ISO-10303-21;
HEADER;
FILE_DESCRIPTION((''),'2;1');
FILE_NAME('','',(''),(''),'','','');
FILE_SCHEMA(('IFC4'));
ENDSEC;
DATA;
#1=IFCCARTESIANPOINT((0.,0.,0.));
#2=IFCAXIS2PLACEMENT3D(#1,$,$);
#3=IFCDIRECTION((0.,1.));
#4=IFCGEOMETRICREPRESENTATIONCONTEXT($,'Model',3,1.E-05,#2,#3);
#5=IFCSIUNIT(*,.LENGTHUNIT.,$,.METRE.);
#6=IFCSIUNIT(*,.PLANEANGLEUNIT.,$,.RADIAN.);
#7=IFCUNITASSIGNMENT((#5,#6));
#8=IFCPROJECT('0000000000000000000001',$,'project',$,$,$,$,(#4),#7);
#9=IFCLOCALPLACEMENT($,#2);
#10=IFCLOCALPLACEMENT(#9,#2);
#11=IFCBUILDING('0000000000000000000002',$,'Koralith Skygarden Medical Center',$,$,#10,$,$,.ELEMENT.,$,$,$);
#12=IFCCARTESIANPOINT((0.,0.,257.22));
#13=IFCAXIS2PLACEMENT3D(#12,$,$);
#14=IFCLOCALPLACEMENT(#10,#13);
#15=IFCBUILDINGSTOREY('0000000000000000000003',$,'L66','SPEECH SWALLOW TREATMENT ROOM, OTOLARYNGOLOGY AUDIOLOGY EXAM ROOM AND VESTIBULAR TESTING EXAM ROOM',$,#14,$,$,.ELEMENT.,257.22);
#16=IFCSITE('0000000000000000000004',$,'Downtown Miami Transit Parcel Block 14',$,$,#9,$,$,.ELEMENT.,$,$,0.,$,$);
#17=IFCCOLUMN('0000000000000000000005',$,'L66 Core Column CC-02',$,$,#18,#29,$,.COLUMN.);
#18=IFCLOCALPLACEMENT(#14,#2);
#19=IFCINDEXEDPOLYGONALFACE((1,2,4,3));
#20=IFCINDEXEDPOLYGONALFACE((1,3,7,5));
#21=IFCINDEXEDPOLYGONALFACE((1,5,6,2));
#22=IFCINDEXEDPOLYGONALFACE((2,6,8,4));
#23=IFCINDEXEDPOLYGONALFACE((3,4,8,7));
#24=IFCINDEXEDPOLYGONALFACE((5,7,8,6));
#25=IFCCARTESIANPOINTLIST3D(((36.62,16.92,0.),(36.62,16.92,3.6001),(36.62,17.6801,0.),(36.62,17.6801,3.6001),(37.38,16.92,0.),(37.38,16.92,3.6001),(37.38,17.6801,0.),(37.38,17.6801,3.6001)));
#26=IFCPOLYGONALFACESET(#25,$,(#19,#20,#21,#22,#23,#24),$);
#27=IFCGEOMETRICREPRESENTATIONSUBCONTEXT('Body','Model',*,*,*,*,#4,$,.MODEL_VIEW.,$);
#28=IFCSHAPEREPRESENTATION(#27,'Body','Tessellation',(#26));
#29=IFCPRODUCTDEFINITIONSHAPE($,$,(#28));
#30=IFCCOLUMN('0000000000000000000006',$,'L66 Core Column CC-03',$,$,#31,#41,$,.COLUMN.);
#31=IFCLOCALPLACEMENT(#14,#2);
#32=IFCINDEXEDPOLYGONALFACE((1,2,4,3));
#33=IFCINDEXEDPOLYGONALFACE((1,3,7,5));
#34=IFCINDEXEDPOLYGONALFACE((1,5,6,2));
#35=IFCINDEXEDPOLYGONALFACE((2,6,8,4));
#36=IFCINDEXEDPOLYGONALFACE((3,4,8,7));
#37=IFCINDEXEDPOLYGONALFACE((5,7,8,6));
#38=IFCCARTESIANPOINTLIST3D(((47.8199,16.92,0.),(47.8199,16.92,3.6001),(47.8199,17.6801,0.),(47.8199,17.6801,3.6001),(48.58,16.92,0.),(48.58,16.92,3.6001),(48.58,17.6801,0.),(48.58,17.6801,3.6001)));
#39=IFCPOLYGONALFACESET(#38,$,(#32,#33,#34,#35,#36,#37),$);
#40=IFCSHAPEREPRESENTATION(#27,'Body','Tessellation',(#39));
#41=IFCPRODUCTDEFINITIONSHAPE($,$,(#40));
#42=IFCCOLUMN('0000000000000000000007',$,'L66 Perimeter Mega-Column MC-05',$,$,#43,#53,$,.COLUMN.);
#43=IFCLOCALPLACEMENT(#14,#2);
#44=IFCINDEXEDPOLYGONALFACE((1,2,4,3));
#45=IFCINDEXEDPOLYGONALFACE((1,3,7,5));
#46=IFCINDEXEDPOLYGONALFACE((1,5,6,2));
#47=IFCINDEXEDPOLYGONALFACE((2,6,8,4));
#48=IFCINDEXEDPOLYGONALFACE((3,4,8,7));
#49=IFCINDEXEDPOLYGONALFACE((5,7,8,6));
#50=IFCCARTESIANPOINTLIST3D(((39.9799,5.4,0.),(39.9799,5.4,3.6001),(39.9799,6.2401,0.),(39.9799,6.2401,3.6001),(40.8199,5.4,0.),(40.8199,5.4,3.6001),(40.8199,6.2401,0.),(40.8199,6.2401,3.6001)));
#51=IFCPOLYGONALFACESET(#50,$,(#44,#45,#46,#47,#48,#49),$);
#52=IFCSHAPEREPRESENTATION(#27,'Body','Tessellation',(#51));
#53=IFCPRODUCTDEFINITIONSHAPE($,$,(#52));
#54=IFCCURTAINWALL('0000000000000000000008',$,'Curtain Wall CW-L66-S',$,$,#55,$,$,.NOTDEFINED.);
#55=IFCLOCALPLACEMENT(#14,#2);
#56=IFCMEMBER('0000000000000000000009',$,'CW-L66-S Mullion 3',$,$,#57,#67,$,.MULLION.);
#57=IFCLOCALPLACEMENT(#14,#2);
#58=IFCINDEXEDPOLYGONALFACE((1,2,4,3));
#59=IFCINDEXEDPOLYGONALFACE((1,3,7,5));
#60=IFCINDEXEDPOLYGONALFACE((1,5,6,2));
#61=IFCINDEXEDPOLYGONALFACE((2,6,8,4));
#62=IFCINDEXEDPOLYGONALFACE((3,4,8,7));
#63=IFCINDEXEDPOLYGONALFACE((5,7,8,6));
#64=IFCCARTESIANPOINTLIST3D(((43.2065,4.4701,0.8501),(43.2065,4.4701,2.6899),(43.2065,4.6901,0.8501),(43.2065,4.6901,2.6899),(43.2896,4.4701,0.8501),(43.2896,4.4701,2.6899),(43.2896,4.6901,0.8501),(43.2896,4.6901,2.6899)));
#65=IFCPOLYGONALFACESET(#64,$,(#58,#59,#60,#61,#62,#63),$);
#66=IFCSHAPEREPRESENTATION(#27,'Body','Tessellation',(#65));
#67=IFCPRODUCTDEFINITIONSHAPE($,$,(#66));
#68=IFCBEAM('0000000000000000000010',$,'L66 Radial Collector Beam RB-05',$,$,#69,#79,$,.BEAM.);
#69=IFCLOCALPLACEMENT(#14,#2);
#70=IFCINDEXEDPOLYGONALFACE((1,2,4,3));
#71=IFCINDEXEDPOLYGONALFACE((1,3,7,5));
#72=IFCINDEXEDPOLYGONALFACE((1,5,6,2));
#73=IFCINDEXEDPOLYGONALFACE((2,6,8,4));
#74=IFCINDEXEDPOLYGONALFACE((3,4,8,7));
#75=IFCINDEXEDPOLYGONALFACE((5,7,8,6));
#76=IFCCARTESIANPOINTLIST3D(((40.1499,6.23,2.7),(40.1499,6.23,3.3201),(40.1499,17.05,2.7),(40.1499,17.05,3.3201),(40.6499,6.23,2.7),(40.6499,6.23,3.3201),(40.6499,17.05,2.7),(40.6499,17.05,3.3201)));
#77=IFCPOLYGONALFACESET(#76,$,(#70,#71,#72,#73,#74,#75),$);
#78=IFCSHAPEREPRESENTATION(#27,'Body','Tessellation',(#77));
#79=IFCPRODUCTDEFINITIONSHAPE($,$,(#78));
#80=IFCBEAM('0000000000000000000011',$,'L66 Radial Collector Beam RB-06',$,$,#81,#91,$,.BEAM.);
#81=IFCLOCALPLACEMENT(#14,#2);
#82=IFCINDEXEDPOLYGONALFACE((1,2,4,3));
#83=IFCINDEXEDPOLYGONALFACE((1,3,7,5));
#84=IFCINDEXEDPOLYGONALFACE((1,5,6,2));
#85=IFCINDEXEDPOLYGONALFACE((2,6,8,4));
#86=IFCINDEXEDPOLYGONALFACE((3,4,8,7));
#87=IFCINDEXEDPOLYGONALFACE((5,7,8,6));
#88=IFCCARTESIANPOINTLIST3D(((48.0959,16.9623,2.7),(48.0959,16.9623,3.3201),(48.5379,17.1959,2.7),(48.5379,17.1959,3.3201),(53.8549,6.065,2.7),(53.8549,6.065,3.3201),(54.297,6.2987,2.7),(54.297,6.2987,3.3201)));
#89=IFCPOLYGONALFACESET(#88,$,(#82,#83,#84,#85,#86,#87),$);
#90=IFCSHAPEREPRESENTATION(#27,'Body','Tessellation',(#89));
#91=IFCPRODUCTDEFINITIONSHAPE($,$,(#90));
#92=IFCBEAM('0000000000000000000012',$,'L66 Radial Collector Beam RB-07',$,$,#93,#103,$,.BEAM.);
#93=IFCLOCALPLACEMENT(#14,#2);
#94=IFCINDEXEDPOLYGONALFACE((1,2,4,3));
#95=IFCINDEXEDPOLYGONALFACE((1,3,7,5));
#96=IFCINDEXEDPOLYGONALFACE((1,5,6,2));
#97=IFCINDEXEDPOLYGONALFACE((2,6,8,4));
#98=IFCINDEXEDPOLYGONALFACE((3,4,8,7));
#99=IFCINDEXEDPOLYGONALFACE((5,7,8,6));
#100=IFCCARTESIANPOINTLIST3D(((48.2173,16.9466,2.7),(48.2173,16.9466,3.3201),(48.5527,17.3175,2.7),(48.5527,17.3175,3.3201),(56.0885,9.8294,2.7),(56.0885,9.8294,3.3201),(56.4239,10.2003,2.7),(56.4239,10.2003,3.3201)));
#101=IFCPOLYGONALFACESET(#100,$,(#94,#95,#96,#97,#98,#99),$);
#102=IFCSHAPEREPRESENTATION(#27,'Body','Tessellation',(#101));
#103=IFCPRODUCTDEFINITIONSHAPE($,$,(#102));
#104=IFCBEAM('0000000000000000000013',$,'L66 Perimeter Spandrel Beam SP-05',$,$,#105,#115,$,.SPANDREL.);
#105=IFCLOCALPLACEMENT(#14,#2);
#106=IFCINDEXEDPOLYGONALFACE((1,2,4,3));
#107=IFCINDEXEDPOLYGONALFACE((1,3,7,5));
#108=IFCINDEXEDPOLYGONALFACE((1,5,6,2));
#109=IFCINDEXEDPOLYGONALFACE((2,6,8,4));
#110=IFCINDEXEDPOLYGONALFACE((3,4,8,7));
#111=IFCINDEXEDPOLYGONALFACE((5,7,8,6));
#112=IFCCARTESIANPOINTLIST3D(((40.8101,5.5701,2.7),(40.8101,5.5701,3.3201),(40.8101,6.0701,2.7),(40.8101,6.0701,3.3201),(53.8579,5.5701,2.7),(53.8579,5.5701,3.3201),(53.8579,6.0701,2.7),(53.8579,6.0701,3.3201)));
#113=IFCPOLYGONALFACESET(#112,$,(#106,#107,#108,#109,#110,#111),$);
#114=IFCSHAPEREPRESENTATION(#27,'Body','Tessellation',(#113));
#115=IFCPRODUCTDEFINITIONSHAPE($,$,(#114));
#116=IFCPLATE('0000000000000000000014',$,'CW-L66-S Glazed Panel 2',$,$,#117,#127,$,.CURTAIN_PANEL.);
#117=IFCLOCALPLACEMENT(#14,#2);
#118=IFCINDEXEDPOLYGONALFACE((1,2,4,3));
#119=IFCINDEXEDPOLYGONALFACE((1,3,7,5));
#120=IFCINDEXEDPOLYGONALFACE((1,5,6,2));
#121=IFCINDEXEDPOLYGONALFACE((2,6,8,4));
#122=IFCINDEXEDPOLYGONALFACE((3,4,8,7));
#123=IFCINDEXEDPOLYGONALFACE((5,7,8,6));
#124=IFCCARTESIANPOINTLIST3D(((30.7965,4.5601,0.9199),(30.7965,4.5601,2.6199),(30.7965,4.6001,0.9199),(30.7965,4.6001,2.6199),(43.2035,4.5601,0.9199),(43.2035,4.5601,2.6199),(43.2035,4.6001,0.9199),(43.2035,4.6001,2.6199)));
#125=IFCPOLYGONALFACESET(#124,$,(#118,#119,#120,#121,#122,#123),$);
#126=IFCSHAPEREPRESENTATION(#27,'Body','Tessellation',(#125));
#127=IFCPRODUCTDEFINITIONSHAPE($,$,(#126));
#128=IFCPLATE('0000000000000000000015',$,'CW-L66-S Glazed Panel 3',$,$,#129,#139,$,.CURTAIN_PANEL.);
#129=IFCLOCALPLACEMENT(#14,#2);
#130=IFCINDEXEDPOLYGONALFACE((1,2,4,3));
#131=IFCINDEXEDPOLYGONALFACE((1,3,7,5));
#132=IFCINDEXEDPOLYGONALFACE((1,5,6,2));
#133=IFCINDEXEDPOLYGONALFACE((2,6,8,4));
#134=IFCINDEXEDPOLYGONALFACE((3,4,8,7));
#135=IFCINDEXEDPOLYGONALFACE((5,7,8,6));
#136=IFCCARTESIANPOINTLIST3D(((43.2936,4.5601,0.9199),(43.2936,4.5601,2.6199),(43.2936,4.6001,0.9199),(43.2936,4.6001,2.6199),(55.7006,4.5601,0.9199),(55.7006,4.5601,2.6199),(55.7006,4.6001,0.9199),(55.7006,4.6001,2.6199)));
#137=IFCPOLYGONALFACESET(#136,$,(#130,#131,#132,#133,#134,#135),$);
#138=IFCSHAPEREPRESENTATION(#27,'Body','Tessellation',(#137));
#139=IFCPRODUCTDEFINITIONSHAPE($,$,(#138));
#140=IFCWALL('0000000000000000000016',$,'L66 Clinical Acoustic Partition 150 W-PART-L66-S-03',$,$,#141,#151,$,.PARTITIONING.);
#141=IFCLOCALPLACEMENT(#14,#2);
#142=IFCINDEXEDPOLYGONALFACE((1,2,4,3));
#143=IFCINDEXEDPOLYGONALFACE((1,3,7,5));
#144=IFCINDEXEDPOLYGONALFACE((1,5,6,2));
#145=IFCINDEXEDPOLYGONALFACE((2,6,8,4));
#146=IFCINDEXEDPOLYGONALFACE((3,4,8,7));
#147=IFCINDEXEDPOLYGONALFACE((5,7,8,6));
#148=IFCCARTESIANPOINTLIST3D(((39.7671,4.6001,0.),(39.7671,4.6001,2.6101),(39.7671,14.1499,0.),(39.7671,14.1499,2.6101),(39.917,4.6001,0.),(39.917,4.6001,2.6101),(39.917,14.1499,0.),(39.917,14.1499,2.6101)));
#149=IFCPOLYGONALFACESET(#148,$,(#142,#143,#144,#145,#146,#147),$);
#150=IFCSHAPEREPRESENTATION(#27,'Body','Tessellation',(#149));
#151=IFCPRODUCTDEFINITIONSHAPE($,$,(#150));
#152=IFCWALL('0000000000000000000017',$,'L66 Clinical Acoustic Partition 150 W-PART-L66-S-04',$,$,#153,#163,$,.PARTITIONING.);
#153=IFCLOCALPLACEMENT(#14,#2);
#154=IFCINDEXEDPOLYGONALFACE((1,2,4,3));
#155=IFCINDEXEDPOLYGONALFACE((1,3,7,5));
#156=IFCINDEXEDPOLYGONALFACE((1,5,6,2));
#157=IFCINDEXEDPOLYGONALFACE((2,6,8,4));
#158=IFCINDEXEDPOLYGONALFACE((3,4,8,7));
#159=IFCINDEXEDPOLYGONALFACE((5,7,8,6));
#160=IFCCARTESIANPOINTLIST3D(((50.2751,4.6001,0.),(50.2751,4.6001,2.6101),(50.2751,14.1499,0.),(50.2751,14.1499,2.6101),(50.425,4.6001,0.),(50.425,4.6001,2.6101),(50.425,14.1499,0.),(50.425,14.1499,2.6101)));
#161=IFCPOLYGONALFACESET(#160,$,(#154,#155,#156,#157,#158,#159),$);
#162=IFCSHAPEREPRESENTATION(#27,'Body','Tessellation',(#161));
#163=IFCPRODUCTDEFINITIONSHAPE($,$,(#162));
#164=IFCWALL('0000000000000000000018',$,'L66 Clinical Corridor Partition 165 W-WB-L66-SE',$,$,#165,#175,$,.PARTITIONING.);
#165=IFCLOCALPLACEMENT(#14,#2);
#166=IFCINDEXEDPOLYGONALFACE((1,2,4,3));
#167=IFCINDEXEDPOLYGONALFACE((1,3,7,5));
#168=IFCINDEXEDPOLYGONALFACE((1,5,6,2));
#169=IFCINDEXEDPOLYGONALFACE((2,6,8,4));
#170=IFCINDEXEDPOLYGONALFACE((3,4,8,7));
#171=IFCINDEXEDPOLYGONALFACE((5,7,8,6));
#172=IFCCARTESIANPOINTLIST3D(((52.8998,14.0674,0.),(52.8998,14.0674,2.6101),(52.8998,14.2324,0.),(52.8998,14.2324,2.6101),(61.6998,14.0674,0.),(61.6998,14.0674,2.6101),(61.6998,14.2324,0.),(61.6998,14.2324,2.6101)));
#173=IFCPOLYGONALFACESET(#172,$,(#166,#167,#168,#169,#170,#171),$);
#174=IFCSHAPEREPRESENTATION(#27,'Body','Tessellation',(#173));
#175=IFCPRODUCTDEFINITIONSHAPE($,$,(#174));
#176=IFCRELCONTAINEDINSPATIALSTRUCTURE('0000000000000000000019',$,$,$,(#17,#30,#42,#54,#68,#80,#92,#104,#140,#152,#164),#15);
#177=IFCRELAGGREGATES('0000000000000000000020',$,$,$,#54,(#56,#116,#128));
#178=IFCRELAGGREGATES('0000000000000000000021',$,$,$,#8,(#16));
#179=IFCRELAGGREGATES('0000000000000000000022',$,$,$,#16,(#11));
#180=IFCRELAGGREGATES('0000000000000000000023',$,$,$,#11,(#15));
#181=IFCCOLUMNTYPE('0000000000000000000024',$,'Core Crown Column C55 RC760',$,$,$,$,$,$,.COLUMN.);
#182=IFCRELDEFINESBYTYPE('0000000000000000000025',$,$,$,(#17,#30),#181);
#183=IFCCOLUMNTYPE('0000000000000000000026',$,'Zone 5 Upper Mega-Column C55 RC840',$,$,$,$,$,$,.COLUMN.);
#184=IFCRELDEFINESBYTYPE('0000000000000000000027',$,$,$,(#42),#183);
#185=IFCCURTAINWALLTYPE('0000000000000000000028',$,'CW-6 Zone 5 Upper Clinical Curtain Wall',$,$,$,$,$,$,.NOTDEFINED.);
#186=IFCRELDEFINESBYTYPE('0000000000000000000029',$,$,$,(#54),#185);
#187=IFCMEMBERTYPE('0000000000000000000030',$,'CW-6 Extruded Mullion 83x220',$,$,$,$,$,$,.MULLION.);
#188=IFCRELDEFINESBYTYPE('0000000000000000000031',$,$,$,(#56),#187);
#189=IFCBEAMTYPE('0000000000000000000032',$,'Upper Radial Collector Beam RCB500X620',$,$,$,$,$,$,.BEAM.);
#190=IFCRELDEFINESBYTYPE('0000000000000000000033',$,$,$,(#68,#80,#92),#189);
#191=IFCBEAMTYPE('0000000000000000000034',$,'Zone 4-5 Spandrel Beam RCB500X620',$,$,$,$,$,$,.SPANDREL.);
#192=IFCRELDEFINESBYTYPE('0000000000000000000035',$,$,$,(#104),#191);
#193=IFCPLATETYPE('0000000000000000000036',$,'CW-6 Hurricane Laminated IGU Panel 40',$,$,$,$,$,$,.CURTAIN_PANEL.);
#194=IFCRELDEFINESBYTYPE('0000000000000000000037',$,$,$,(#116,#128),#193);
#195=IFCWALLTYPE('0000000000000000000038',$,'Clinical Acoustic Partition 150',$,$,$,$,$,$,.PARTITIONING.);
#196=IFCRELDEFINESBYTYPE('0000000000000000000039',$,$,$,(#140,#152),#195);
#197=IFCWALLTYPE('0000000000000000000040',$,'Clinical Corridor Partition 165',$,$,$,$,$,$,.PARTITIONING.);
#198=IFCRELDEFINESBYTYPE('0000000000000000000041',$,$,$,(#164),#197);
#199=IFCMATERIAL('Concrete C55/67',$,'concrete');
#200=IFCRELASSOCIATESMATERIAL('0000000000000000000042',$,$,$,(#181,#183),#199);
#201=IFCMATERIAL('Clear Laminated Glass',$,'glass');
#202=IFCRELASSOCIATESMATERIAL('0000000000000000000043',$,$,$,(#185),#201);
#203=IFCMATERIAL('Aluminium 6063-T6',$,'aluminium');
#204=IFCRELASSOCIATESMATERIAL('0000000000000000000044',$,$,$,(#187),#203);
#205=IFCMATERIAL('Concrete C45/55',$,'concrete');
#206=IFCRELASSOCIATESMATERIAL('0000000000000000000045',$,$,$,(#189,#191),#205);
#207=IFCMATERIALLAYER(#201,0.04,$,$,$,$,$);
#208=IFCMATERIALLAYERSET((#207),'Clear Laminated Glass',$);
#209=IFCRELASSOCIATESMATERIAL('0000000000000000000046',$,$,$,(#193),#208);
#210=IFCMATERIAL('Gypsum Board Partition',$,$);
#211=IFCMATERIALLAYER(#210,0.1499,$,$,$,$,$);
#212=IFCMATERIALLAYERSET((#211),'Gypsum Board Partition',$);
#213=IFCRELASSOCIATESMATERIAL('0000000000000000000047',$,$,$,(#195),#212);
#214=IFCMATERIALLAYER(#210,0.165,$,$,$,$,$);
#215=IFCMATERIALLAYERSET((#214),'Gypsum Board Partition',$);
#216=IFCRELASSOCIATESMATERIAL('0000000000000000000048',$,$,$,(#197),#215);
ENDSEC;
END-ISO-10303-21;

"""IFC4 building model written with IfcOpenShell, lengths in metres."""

from ifc_helpers import new_model, si_unit, direction, frame, frame_2d, origin, origin_2d, place, context, subcontext, project, spatial, rectangle, extrude, material, layer, layer_set, material_profile, profile_set, type_object, element, aggregate, save


model = new_model("IFC4")

# Units and contexts
model_context = context("Model", 3, precision=1e-05, world=origin(), true_north=direction((0.0, 1.0)))
body_context = subcontext(model_context, "Body", "Model", "MODEL_VIEW")
ifc_project = project(units=[si_unit("LENGTHUNIT", "METRE"), si_unit("PLANEANGLEUNIT", "RADIAN")], contexts=[model_context])

# Site, building, storey
site_placement = place(None, origin())
site = spatial("IfcSite", under=ifc_project, at=site_placement, Name="Downtown Miami Transit Parcel Block 14", CompositionType="ELEMENT", RefElevation=0.0)
building_placement = place(site_placement, origin())
building = spatial("IfcBuilding", under=site, at=building_placement, Name="Koralith Skygarden Medical Center", CompositionType="ELEMENT")
storey_placement = place(building_placement, frame((0.0, 0.0, 257.22)))
storey = spatial("IfcBuildingStorey", under=building, at=storey_placement, Name="L66", Description="SPEECH SWALLOW TREATMENT ROOM, OTOLARYNGOLOGY AUDIOLOGY EXAM ROOM AND VESTIBULAR TESTING EXAM ROOM", CompositionType="ELEMENT", Elevation=257.22)

# Columns
ifc_material_1 = material(Name="Concrete C55/67", Category="concrete")
ifc_material_profile_1 = material_profile(ifc_material_1, rectangle(XDim=0.76, YDim=0.76, at=origin_2d()), Name="RC760X760")
ifc_profile_set_1 = profile_set([ifc_material_profile_1], Name="Concrete C55/67")
column_type_1 = type_object("IfcColumnType", Name="Core Crown Column C55 RC760", PredefinedType="COLUMN", material=ifc_profile_set_1)
for number, where, z_axis, x_axis, name in (
    (1, (37.0, 17.3, 0.0), (0.0, 0.0, 1.0), (1.0, 0.0, 0.0), "L66 Core Column CC-02"),
    (2, (48.2, 17.3, 0.0), (0.0, 0.0, 1.0), (1.0, 0.0, 0.0), "L66 Core Column CC-03"),
):
    element("IfcColumn", number, at=place(storey_placement, frame(where, z_axis=z_axis, x_axis=x_axis)), inside=storey, type_object=column_type_1, Name=name, PredefinedType="COLUMN", context=body_context, shape_type="SweptSolid", body=[
        extrude(rectangle(XDim=0.76, YDim=0.76, at=origin_2d()), origin(), (0.0, 0.0, 1.0), 3.6001),
    ])
ifc_material_profile_2 = material_profile(ifc_material_1, rectangle(XDim=0.8401, YDim=0.8401, at=origin_2d()), Name="RC840X840")
ifc_profile_set_2 = profile_set([ifc_material_profile_2], Name="Concrete C55/67")
column_type_2 = type_object("IfcColumnType", Name="Zone 5 Upper Mega-Column C55 RC840", PredefinedType="COLUMN", material=ifc_profile_set_2)
column_placement = place(storey_placement, frame((40.3999, 5.8201, 0.0), z_axis=(0.0, 0.0, 1.0), x_axis=(1.0, 0.0, 0.0)))
element("IfcColumn", 3, at=column_placement, inside=storey, type_object=column_type_2, Name="L66 Perimeter Mega-Column MC-05", PredefinedType="COLUMN", context=body_context, shape_type="SweptSolid", body=[
    extrude(rectangle(XDim=0.8401, YDim=0.8401, at=origin_2d()), origin(), (0.0, 0.0, 1.0), 3.6001),
])

# Curtain wall, member
ifc_material_2 = material(Name="Clear Laminated Glass", Category="glass")
curtain_wall_type = type_object("IfcCurtainWallType", Name="CW-6 Zone 5 Upper Clinical Curtain Wall", PredefinedType="NOTDEFINED", material=ifc_material_2)
curtain_wall_placement = place(storey_placement, origin())
curtain_wall = element("IfcCurtainWall", 4, at=curtain_wall_placement, inside=storey, type_object=curtain_wall_type, Name="Curtain Wall CW-L66-S", PredefinedType="NOTDEFINED")
ifc_material_3 = material(Name="Aluminium 6063-T6", Category="aluminium")
ifc_material_profile_3 = material_profile(ifc_material_3, rectangle(XDim=0.083, YDim=0.22, at=origin_2d()), Name="MUL83X220")
ifc_profile_set_3 = profile_set([ifc_material_profile_3], Name="Aluminium 6063-T6")
member_type = type_object("IfcMemberType", Name="CW-6 Extruded Mullion 83x220", PredefinedType="MULLION", material=ifc_profile_set_3)
member_placement = place(storey_placement, frame((43.248, 4.5801, 0.8501), z_axis=(0.0, 0.0, 1.0), x_axis=(1.0, 0.0, 0.0)))
member = element("IfcMember", 5, at=member_placement, type_object=member_type, Name="CW-L66-S Mullion 3", PredefinedType="MULLION", context=body_context, shape_type="SweptSolid", body=[
    extrude(rectangle(XDim=0.083, YDim=0.22, at=origin_2d()), origin(), (0.0, 0.0, 1.0), 1.8398),
])

# Beams
ifc_material_4 = material(Name="Concrete C45/55", Category="concrete")
ifc_material_profile_4 = material_profile(ifc_material_4, rectangle(XDim=0.5, YDim=0.6201, at=origin_2d()), Name="RCB500X620")
ifc_profile_set_4 = profile_set([ifc_material_profile_4], Name="Concrete C45/55")
beam_type_1 = type_object("IfcBeamType", Name="Upper Radial Collector Beam RCB500X620", PredefinedType="BEAM", material=ifc_profile_set_4)
beam_1_placement = place(storey_placement, frame((40.3999, 17.05, 3.01), z_axis=(0.0, -1.0, 0.0), x_axis=(1.0, 0.0, 0.0)))
element("IfcBeam", 6, at=beam_1_placement, inside=storey, type_object=beam_type_1, Name="L66 Radial Collector Beam RB-05", PredefinedType="BEAM", context=body_context, shape_type="SweptSolid", body=[
    extrude(rectangle(XDim=0.5, YDim=0.6201, at=origin_2d()), origin(), (0.0, 0.0, 1.0), 10.8201),
])
beam_2_placement = place(storey_placement, frame((48.3169, 17.0791, 3.01), z_axis=(0.467249, -0.884126, 0.0), x_axis=(0.884126, 0.467249, 0.0)))
element("IfcBeam", 7, at=beam_2_placement, inside=storey, type_object=beam_type_1, Name="L66 Radial Collector Beam RB-06", PredefinedType="BEAM", context=body_context, shape_type="SweptSolid", body=[
    extrude(rectangle(XDim=0.5, YDim=0.6201, at=origin_2d()), origin(), (0.0, 0.0, 1.0), 12.3254),
])
beam_3_placement = place(storey_placement, frame((48.385, 17.1321, 3.01), z_axis=(0.741736, -0.670692, 0.0), x_axis=(0.670692, 0.741736, 0.0)))
element("IfcBeam", 8, at=beam_3_placement, inside=storey, type_object=beam_type_1, Name="L66 Radial Collector Beam RB-07", PredefinedType="BEAM", context=body_context, shape_type="SweptSolid", body=[
    extrude(rectangle(XDim=0.5, YDim=0.6201, at=origin_2d()), origin(), (0.0, 0.0, 1.0), 10.6118),
])
ifc_material_profile_5 = material_profile(ifc_material_4, rectangle(XDim=0.5, YDim=0.6201, at=origin_2d()), Name="RCB500X620")
ifc_profile_set_5 = profile_set([ifc_material_profile_5], Name="Concrete C45/55")
beam_type_2 = type_object("IfcBeamType", Name="Zone 4-5 Spandrel Beam RCB500X620", PredefinedType="SPANDREL", material=ifc_profile_set_5)
beam_4_placement = place(storey_placement, frame((40.8101, 5.8201, 3.01), z_axis=(1.0, 0.0, 0.0), x_axis=(0.0, 1.0, 0.0)))
element("IfcBeam", 9, at=beam_4_placement, inside=storey, type_object=beam_type_2, Name="L66 Perimeter Spandrel Beam SP-05", PredefinedType="SPANDREL", context=body_context, shape_type="SweptSolid", body=[
    extrude(rectangle(XDim=0.5, YDim=0.6201, at=origin_2d()), origin(), (0.0, 0.0, 1.0), 13.0479),
])

# Plates
ifc_layer_1 = layer(ifc_material_2, 0.04)
ifc_layer_set_1 = layer_set([ifc_layer_1], Name="Clear Laminated Glass")
plate_type = type_object("IfcPlateType", Name="CW-6 Hurricane Laminated IGU Panel 40", PredefinedType="CURTAIN_PANEL", material=ifc_layer_set_1)
plate_1_placement = place(storey_placement, frame((37.0, 4.5801, 0.9199), z_axis=(0.0, 0.0, 1.0), x_axis=(1.0, 0.0, 0.0)))
plate_1 = element("IfcPlate", 10, at=plate_1_placement, type_object=plate_type, Name="CW-L66-S Glazed Panel 2", PredefinedType="CURTAIN_PANEL", context=body_context, shape_type="SweptSolid", body=[
    extrude(rectangle(XDim=12.407, YDim=0.04, at=origin_2d()), origin(), (0.0, 0.0, 1.0), 1.7),
])
plate_2_placement = place(storey_placement, frame((49.4971, 4.5801, 0.9199), z_axis=(0.0, 0.0, 1.0), x_axis=(1.0, 0.0, 0.0)))
plate_2 = element("IfcPlate", 11, at=plate_2_placement, type_object=plate_type, Name="CW-L66-S Glazed Panel 3", PredefinedType="CURTAIN_PANEL", context=body_context, shape_type="SweptSolid", body=[
    extrude(rectangle(XDim=12.407, YDim=0.04, at=origin_2d()), origin(), (0.0, 0.0, 1.0), 1.7),
])
aggregate(curtain_wall, [member, plate_1, plate_2])

# Walls
ifc_material_5 = material(Name="Gypsum Board Partition")
ifc_layer_2 = layer(ifc_material_5, 0.1499)
ifc_layer_set_2 = layer_set([ifc_layer_2], Name="Gypsum Board Partition")
wall_type_1 = type_object("IfcWallType", Name="Clinical Acoustic Partition 150", PredefinedType="PARTITIONING", material=ifc_layer_set_2)
for number, where, z_axis, x_axis, name in (
    (12, (39.842, 14.1499, 0.0), (0.0, 0.0, 1.0), (0.0, -1.0, 0.0), "L66 Clinical Acoustic Partition 150 W-PART-L66-S-03"),
    (13, (50.3501, 14.1499, 0.0), (0.0, 0.0, 1.0), (0.0, -1.0, 0.0), "L66 Clinical Acoustic Partition 150 W-PART-L66-S-04"),
):
    element("IfcWall", number, at=place(storey_placement, frame(where, z_axis=z_axis, x_axis=x_axis)), inside=storey, type_object=wall_type_1, Name=name, PredefinedType="PARTITIONING", context=body_context, shape_type="SweptSolid", body=[
        extrude(rectangle(XDim=9.5498, YDim=0.1499, at=frame_2d((4.7749, 0.0))), origin(), (0.0, 0.0, 1.0), 2.6101),
    ])
ifc_layer_3 = layer(ifc_material_5, 0.165)
ifc_layer_set_3 = layer_set([ifc_layer_3], Name="Gypsum Board Partition")
wall_type_2 = type_object("IfcWallType", Name="Clinical Corridor Partition 165", PredefinedType="PARTITIONING", material=ifc_layer_set_3)
wall_1_placement = place(storey_placement, frame((52.8999, 14.1499, 0.0), z_axis=(0.0, 0.0, 1.0), x_axis=(1.0, 0.0, 0.0)))
element("IfcWall", 14, at=wall_1_placement, inside=storey, type_object=wall_type_2, Name="L66 Clinical Corridor Partition 165 W-WB-L66-SE", PredefinedType="PARTITIONING", context=body_context, shape_type="SweptSolid", body=[
    extrude(rectangle(XDim=8.8, YDim=0.165, at=frame_2d((4.3999, 0.0))), origin(), (0.0, 0.0, 1.0), 2.6101),
])

save(model, "model.ifc")
